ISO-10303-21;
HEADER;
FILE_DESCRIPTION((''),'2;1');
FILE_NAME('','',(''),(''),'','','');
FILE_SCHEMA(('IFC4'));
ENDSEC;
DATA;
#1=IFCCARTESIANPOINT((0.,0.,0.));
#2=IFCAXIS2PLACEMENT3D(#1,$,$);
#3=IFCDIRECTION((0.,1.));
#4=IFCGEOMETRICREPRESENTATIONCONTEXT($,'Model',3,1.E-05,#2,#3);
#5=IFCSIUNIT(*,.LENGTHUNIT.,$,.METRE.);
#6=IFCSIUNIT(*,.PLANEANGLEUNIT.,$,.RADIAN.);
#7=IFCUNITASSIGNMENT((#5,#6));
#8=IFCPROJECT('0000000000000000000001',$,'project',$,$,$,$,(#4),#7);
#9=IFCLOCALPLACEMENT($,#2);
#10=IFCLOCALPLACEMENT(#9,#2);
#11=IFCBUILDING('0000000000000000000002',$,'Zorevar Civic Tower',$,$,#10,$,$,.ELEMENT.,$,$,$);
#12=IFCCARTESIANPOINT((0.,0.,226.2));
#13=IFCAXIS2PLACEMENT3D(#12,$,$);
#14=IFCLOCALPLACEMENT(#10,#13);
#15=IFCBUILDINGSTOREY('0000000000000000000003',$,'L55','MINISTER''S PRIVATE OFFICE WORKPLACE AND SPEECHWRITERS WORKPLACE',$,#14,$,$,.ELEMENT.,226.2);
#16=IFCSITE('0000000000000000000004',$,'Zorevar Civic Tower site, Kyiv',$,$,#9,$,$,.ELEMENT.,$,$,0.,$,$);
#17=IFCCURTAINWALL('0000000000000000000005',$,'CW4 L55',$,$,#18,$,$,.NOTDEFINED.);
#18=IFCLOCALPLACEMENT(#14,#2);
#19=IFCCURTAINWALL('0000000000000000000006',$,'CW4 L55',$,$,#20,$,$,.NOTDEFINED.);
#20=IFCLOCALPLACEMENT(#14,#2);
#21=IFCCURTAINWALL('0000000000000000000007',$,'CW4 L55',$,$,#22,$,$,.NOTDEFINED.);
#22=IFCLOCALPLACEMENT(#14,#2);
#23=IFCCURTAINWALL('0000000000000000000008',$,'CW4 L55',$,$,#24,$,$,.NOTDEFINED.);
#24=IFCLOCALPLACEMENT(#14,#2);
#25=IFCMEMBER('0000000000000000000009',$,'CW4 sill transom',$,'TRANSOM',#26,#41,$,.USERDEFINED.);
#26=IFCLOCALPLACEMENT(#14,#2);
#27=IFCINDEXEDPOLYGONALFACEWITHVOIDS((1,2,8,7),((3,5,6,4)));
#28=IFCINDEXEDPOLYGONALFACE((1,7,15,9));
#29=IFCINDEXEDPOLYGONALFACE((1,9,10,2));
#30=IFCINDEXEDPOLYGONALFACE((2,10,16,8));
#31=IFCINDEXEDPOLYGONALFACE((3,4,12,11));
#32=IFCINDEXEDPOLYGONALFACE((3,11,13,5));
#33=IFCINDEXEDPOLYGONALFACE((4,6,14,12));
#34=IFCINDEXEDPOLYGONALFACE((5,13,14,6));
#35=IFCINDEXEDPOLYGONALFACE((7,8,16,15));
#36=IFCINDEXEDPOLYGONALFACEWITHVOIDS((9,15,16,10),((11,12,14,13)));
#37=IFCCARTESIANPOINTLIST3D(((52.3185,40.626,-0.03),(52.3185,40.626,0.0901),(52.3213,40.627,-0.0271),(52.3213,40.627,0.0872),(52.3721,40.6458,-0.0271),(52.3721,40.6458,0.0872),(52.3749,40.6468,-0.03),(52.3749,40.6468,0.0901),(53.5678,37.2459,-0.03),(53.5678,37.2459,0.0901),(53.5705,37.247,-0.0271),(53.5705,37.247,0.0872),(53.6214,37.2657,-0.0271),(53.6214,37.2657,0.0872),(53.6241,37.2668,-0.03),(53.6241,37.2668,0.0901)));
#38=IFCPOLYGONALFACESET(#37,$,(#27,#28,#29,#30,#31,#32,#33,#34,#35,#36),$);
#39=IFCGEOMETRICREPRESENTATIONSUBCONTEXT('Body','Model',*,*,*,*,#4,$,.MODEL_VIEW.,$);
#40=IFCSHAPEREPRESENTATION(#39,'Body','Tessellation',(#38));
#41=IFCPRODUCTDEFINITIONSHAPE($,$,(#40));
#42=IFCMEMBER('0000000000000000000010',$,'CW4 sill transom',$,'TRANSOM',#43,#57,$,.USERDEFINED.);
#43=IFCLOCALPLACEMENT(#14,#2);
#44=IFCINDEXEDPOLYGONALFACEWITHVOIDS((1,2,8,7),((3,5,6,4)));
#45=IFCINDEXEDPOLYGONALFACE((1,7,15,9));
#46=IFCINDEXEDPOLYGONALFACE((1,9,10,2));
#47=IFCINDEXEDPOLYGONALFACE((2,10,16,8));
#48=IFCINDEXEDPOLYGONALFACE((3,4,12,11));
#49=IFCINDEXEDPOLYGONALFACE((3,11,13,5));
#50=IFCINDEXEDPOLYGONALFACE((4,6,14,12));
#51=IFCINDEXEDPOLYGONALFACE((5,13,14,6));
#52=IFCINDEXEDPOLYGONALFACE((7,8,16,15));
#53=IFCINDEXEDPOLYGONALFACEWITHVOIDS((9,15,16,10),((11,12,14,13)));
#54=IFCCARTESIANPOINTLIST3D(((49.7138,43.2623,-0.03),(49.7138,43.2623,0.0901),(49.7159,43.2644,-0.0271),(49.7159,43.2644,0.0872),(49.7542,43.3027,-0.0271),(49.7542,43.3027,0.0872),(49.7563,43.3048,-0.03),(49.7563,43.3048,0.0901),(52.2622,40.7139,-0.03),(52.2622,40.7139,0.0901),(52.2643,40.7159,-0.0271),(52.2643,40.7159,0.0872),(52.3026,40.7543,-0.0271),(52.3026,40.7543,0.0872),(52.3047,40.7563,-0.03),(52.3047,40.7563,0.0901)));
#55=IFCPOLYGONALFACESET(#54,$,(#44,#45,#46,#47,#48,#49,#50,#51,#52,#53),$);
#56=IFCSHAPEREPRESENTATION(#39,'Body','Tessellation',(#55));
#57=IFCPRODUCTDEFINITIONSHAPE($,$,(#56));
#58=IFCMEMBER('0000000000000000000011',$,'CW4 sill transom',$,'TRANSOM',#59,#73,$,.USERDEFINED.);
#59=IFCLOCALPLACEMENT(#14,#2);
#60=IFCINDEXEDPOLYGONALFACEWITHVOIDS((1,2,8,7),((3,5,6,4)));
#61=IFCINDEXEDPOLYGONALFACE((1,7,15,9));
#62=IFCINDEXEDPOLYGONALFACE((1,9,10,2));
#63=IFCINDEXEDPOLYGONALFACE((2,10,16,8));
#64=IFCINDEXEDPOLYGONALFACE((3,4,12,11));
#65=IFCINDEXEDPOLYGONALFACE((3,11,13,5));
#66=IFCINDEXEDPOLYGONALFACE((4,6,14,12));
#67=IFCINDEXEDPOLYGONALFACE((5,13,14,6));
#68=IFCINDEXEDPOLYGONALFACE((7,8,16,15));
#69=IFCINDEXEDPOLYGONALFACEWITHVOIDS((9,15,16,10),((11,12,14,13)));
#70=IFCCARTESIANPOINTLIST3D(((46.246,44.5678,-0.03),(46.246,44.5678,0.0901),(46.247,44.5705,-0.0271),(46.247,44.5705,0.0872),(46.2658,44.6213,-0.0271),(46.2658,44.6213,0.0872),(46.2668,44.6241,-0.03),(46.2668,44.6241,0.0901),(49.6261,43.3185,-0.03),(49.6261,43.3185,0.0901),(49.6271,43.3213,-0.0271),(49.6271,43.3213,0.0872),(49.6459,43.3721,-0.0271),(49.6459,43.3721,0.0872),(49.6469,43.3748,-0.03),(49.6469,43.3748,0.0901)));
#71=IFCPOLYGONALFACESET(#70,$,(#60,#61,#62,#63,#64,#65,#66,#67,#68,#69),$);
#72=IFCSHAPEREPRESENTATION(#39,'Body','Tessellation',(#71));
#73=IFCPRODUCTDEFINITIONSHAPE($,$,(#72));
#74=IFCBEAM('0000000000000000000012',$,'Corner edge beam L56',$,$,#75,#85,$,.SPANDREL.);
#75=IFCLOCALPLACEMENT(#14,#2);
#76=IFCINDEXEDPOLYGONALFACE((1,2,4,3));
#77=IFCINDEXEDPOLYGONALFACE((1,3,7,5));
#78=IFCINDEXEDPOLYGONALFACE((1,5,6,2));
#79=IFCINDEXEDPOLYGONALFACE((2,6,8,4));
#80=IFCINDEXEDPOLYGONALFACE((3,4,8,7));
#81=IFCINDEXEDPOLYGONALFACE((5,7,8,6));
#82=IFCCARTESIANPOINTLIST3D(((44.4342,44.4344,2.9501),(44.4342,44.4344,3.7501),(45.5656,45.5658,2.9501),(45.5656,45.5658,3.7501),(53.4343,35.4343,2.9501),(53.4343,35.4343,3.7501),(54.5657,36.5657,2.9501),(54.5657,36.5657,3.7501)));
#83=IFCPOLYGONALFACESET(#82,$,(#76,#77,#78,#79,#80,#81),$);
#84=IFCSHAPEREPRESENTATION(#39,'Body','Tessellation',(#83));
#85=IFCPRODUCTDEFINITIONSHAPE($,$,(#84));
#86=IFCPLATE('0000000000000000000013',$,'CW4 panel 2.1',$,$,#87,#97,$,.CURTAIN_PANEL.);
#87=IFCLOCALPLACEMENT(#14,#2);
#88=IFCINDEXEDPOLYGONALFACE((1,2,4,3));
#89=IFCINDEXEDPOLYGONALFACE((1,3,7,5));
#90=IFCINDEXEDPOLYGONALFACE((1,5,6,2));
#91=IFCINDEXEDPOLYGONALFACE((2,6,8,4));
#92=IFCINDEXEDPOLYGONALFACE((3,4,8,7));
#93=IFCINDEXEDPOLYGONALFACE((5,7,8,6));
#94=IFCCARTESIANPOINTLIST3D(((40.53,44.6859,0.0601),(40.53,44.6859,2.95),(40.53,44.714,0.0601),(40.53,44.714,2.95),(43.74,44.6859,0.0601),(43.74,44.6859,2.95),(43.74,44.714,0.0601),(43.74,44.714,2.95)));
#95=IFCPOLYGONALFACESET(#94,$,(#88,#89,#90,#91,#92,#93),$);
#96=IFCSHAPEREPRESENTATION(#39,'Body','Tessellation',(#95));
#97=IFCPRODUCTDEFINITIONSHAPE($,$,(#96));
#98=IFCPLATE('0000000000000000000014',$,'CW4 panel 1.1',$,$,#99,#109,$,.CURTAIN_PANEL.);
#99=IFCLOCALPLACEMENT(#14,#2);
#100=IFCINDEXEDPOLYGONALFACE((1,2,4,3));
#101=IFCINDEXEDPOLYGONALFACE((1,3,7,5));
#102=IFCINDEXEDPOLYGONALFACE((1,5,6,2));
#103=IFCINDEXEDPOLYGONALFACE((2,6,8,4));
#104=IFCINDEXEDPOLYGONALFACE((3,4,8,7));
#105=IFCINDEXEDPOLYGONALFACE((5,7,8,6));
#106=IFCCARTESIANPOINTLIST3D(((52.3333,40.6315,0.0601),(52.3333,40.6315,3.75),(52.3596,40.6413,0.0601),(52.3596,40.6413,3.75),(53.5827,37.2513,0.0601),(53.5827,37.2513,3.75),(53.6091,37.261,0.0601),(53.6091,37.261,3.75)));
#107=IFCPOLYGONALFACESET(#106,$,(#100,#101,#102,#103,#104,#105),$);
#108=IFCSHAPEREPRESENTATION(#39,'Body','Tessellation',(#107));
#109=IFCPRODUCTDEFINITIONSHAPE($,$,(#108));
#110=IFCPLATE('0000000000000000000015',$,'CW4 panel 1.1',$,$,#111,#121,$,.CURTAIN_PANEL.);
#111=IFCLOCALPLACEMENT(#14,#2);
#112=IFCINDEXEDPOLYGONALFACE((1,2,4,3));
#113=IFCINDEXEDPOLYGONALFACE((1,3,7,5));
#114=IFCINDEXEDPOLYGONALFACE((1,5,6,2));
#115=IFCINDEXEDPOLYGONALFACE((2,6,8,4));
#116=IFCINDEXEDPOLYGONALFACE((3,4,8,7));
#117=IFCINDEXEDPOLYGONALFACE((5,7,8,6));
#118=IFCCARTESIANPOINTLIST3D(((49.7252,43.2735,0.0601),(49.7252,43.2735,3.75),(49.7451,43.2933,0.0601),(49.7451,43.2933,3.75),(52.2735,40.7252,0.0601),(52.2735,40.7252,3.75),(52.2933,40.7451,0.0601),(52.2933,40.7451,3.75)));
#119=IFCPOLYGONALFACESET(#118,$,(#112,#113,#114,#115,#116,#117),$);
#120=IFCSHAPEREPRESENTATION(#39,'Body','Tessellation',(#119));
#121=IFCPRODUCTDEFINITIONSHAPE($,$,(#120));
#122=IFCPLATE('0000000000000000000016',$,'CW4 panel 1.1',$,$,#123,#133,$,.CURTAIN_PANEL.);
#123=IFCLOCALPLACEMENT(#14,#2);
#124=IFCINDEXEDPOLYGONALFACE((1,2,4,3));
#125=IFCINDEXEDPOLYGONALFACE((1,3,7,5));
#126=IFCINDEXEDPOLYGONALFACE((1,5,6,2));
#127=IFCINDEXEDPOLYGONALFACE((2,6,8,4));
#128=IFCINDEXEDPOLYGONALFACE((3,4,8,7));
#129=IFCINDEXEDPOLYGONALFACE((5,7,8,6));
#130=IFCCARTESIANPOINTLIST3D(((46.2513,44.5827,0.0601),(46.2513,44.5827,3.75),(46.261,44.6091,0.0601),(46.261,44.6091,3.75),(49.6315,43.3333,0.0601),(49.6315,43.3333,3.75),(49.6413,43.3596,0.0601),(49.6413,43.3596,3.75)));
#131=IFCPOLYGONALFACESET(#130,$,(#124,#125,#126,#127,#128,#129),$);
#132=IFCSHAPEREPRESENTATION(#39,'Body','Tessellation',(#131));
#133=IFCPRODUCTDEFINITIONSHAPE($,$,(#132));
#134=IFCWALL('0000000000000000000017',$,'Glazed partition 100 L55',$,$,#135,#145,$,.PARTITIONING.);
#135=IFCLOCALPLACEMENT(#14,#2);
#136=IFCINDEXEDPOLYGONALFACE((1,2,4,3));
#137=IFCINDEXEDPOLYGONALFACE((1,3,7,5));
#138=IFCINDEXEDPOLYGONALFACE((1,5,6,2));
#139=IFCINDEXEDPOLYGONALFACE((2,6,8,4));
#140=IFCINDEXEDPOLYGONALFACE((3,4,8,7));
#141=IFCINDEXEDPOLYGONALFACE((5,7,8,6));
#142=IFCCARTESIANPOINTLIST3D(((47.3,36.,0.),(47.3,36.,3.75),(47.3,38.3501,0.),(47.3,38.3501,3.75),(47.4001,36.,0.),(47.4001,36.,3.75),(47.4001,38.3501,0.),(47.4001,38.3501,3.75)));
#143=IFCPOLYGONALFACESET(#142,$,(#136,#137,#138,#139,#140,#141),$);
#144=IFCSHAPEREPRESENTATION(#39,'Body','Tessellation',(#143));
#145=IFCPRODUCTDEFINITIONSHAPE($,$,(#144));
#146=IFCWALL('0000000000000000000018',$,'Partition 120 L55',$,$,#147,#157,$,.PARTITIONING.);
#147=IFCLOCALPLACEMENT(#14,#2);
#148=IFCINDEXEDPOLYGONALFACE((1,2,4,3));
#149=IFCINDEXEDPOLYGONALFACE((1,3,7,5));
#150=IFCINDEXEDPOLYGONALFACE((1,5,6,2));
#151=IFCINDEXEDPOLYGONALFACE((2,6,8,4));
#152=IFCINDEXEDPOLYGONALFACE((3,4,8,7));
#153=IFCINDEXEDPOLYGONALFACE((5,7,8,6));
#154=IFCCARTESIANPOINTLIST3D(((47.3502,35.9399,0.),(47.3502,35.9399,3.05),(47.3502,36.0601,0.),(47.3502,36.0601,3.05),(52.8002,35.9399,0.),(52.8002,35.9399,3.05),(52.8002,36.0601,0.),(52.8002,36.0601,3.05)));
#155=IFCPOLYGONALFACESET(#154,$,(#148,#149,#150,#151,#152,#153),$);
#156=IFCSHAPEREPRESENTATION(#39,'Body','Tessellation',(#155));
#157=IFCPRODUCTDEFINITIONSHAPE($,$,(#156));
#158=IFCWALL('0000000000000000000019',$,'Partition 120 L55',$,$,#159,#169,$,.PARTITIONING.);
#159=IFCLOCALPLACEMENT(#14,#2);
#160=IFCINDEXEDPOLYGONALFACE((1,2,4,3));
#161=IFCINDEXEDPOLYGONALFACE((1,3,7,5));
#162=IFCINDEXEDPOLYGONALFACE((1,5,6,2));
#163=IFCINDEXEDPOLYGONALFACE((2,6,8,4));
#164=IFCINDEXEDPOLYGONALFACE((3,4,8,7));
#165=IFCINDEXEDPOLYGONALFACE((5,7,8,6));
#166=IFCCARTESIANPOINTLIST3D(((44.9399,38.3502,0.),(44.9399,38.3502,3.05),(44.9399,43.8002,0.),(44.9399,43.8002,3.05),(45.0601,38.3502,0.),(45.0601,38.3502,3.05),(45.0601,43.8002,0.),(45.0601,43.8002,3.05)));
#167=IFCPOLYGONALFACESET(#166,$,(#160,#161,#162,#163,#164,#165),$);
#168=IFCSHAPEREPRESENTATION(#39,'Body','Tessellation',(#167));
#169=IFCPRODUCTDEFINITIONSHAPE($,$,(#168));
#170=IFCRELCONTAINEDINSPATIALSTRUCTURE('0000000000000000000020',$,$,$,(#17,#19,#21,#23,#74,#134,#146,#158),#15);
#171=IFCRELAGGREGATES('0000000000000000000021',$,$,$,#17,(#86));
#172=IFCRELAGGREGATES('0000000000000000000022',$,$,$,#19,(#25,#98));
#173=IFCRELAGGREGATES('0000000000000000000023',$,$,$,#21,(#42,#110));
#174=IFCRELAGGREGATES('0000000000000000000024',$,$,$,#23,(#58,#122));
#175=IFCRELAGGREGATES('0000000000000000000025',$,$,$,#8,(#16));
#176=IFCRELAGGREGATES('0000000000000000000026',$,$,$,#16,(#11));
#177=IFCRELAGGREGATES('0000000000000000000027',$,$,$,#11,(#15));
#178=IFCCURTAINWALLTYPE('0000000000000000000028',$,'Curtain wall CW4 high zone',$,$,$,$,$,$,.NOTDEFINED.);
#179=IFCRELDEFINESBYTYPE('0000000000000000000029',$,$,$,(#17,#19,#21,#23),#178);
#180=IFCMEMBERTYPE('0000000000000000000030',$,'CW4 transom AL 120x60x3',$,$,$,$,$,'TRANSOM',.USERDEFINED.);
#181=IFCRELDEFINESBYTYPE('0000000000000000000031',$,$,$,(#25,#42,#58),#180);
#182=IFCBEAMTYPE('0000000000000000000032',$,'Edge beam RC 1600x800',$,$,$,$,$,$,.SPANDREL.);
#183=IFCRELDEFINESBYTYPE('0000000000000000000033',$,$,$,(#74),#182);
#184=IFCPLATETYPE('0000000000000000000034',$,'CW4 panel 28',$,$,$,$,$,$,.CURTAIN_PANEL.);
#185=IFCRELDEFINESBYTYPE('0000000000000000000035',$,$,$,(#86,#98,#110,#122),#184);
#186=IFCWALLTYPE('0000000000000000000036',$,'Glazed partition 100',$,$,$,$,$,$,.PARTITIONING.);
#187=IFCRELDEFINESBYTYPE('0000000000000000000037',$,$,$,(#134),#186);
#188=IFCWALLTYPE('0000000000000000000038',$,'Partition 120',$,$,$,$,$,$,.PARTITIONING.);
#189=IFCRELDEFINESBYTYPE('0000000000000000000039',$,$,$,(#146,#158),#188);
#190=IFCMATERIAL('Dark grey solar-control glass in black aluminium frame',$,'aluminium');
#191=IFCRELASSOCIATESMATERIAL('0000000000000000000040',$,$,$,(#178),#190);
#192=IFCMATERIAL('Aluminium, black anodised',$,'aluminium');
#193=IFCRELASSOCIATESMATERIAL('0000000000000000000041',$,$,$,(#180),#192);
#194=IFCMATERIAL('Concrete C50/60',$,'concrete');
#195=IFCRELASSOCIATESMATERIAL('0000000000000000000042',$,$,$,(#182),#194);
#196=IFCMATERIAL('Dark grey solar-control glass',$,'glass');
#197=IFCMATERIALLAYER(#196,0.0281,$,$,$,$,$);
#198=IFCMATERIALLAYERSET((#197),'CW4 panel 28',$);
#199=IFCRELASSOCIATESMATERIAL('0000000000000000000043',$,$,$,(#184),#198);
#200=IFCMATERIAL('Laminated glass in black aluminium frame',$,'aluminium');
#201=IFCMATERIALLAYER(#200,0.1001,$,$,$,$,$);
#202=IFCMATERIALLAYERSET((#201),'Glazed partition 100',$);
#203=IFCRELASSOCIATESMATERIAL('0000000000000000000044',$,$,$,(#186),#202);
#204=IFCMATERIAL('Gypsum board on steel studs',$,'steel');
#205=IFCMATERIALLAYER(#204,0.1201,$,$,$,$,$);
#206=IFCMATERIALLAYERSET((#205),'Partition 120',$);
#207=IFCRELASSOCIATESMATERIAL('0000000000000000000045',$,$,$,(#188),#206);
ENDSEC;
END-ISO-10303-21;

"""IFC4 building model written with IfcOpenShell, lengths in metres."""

from ifc_helpers import new_model, si_unit, direction, frame, frame_2d, origin, origin_2d, place, context, subcontext, project, spatial, rectangle, hollow_rectangle, extrude, material, layer, layer_set, material_profile, profile_set, type_object, element, aggregate, save


model = new_model("IFC4")

# Units and contexts
model_context = context("Model", 3, precision=1e-05, world=origin(), true_north=direction((0.0, 1.0)))
body_context = subcontext(model_context, "Body", "Model", "MODEL_VIEW")
ifc_project = project(units=[si_unit("LENGTHUNIT", "METRE"), si_unit("PLANEANGLEUNIT", "RADIAN")], contexts=[model_context])

# Site, building, storey
site_placement = place(None, origin())
site = spatial("IfcSite", under=ifc_project, at=site_placement, Name="Zorevar Civic Tower site, Kyiv", CompositionType="ELEMENT", RefElevation=0.0)
building_placement = place(site_placement, origin())
building = spatial("IfcBuilding", under=site, at=building_placement, Name="Zorevar Civic Tower", CompositionType="ELEMENT")
storey_placement = place(building_placement, frame((0.0, 0.0, 226.2)))
storey = spatial("IfcBuildingStorey", under=building, at=storey_placement, Name="L55", Description="MINISTER'S PRIVATE OFFICE WORKPLACE AND SPEECHWRITERS WORKPLACE", CompositionType="ELEMENT", Elevation=226.2)

# Curtain walls
ifc_material_1 = material(Name="Dark grey solar-control glass in black aluminium frame", Category="aluminium")
curtain_wall_type = type_object("IfcCurtainWallType", Name="Curtain wall CW4 high zone", PredefinedType="NOTDEFINED", material=ifc_material_1)
curtain_wall_1_placement = place(storey_placement, origin())
curtain_wall_1 = element("IfcCurtainWall", 1, at=curtain_wall_1_placement, inside=storey, type_object=curtain_wall_type, Name="CW4 L55", PredefinedType="NOTDEFINED")
curtain_wall_2_placement = place(storey_placement, origin())
curtain_wall_2 = element("IfcCurtainWall", 2, at=curtain_wall_2_placement, inside=storey, type_object=curtain_wall_type, Name="CW4 L55", PredefinedType="NOTDEFINED")
curtain_wall_3_placement = place(storey_placement, origin())
curtain_wall_3 = element("IfcCurtainWall", 3, at=curtain_wall_3_placement, inside=storey, type_object=curtain_wall_type, Name="CW4 L55", PredefinedType="NOTDEFINED")
curtain_wall_4_placement = place(storey_placement, origin())
curtain_wall_4 = element("IfcCurtainWall", 4, at=curtain_wall_4_placement, inside=storey, type_object=curtain_wall_type, Name="CW4 L55", PredefinedType="NOTDEFINED")

# Members
ifc_material_2 = material(Name="Aluminium, black anodised", Category="aluminium")
ifc_material_profile_1 = material_profile(ifc_material_2, hollow_rectangle(XDim=0.0601, YDim=0.1201, WallThickness=0.0029, at=origin_2d()), Name="AL 120x60x3")
ifc_profile_set_1 = profile_set([ifc_material_profile_1], Name="Aluminium, black anodised")
member_type_1 = type_object("IfcMemberType", Name="CW4 transom AL 120x60x3", ElementType="TRANSOM", PredefinedType="USERDEFINED", material=ifc_profile_set_1)
member_1_placement = place(storey_placement, frame((53.5959, 37.2563, 0.03), z_axis=(-0.346672, 0.937986, 0.0), x_axis=(-0.937986, -0.346672, 0.0)))
member_1 = element("IfcMember", 5, at=member_1_placement, type_object=member_type_1, Name="CW4 sill transom", ObjectType="TRANSOM", PredefinedType="USERDEFINED", context=body_context, shape_type="SweptSolid", body=[
    extrude(hollow_rectangle(XDim=0.0601, YDim=0.1201, WallThickness=0.0029, at=origin_2d()), origin(), (0.0, 0.0, 1.0), 3.6035),
])
member_2_placement = place(storey_placement, frame((52.2834, 40.7351, 0.03), z_axis=(-0.707107, 0.707107, 0.0), x_axis=(-0.707107, -0.707107, 0.0)))
member_2 = element("IfcMember", 6, at=member_2_placement, type_object=member_type_1, Name="CW4 sill transom", ObjectType="TRANSOM", PredefinedType="USERDEFINED", context=body_context, shape_type="SweptSolid", body=[
    extrude(hollow_rectangle(XDim=0.0601, YDim=0.1201, WallThickness=0.0029, at=origin_2d()), origin(), (0.0, 0.0, 1.0), 3.604),
])
member_3_placement = place(storey_placement, frame((49.6365, 43.3467, 0.03), z_axis=(-0.937986, 0.346672, 0.0), x_axis=(-0.346672, -0.937986, 0.0)))
member_3 = element("IfcMember", 7, at=member_3_placement, type_object=member_type_1, Name="CW4 sill transom", ObjectType="TRANSOM", PredefinedType="USERDEFINED", context=body_context, shape_type="SweptSolid", body=[
    extrude(hollow_rectangle(XDim=0.0601, YDim=0.1201, WallThickness=0.0029, at=origin_2d()), origin(), (0.0, 0.0, 1.0), 3.6035),
])

# Beam
ifc_material_3 = material(Name="Concrete C50/60", Category="concrete")
ifc_material_profile_2 = material_profile(ifc_material_3, rectangle(XDim=1.6001, YDim=0.8, at=origin_2d()), Name="RC 1600x800")
ifc_profile_set_2 = profile_set([ifc_material_profile_2], Name="Concrete C50/60")
beam_type_1 = type_object("IfcBeamType", Name="Edge beam RC 1600x800", PredefinedType="SPANDREL", material=ifc_profile_set_2)
beam_1_placement = place(storey_placement, frame((54.0, 36.0, 3.3501), z_axis=(-0.707107, 0.707107, 0.0), x_axis=(-0.707107, -0.707107, 0.0)))
element("IfcBeam", 8, at=beam_1_placement, inside=storey, type_object=beam_type_1, Name="Corner edge beam L56", PredefinedType="SPANDREL", context=body_context, shape_type="SweptSolid", body=[
    extrude(rectangle(XDim=1.6001, YDim=0.8, at=origin_2d()), origin(), (0.0, 0.0, 1.0), 12.728),
])

# Plates
ifc_material_4 = material(Name="Dark grey solar-control glass", Category="glass")
ifc_layer_1 = layer(ifc_material_4, 0.0281)
ifc_layer_set_1 = layer_set([ifc_layer_1], Name="CW4 panel 28")
plate_type = type_object("IfcPlateType", Name="CW4 panel 28", PredefinedType="CURTAIN_PANEL", material=ifc_layer_set_1)
plate_1_placement = place(storey_placement, frame((42.135, 44.7, 0.0601), z_axis=(0.0, 0.0, 1.0), x_axis=(1.0, 0.0, 0.0)))
plate_1 = element("IfcPlate", 9, at=plate_1_placement, type_object=plate_type, Name="CW4 panel 2.1", PredefinedType="CURTAIN_PANEL", context=body_context, shape_type="SweptSolid", body=[
    extrude(rectangle(XDim=3.21, YDim=0.0281, at=origin_2d()), origin(), (0.0, 0.0, 1.0), 2.8899),
])
aggregate(curtain_wall_1, [plate_1])
plate_2_placement = place(storey_placement, frame((52.9712, 38.9463, 0.0601), z_axis=(0.0, 0.0, 1.0), x_axis=(-0.346704, 0.937975, 0.0)))
plate_2 = element("IfcPlate", 10, at=plate_2_placement, type_object=plate_type, Name="CW4 panel 1.1", PredefinedType="CURTAIN_PANEL", context=body_context, shape_type="SweptSolid", body=[
    extrude(rectangle(XDim=3.6038, YDim=0.0281, at=origin_2d()), origin(), (0.0, 0.0, 1.0), 3.6899),
])
aggregate(curtain_wall_2, [member_1, plate_2])
plate_3_placement = place(storey_placement, frame((51.0093, 42.0093, 0.0601), z_axis=(0.0, 0.0, 1.0), x_axis=(-0.707107, 0.707107, 0.0)))
plate_3 = element("IfcPlate", 11, at=plate_3_placement, type_object=plate_type, Name="CW4 panel 1.1", PredefinedType="CURTAIN_PANEL", context=body_context, shape_type="SweptSolid", body=[
    extrude(rectangle(XDim=3.6038, YDim=0.0281, at=origin_2d()), origin(), (0.0, 0.0, 1.0), 3.6899),
])
aggregate(curtain_wall_3, [member_2, plate_3])
plate_4_placement = place(storey_placement, frame((47.9463, 43.9712, 0.0601), z_axis=(0.0, 0.0, 1.0), x_axis=(-0.937975, 0.346704, 0.0)))
plate_4 = element("IfcPlate", 12, at=plate_4_placement, type_object=plate_type, Name="CW4 panel 1.1", PredefinedType="CURTAIN_PANEL", context=body_context, shape_type="SweptSolid", body=[
    extrude(rectangle(XDim=3.6038, YDim=0.0281, at=origin_2d()), origin(), (0.0, 0.0, 1.0), 3.6899),
])
aggregate(curtain_wall_4, [member_3, plate_4])

# Shared definitions
ifc_material_5 = material(Name="Laminated glass in black aluminium frame", Category="aluminium")
ifc_layer_2 = layer(ifc_material_5, 0.1001)
ifc_layer_set_2 = layer_set([ifc_layer_2], Name="Glazed partition 100")
wall_type_1 = type_object("IfcWallType", Name="Glazed partition 100", PredefinedType="PARTITIONING", material=ifc_layer_set_2)

# Walls
wall_1_placement = place(storey_placement, frame((47.3501, 36.0, 0.0), z_axis=(0.0, 0.0, 1.0), x_axis=(0.0, 1.0, 0.0)))
element("IfcWall", 13, at=wall_1_placement, inside=storey, type_object=wall_type_1, Name="Glazed partition 100 L55", PredefinedType="PARTITIONING", context=body_context, shape_type="SweptSolid", body=[
    extrude(rectangle(XDim=2.3501, YDim=0.1001, at=frame_2d((1.175, 0.0))), origin(), (0.0, 0.0, 1.0), 3.75),
])
ifc_material_6 = material(Name="Gypsum board on steel studs", Category="steel")
ifc_layer_3 = layer(ifc_material_6, 0.1201)
ifc_layer_set_3 = layer_set([ifc_layer_3], Name="Partition 120")
wall_type_2 = type_object("IfcWallType", Name="Partition 120", PredefinedType="PARTITIONING", material=ifc_layer_set_3)
for number, where, z_axis, x_axis, name in (
    (14, (47.3501, 36.0, 0.0), (0.0, 0.0, 1.0), (1.0, 0.0, 0.0), "Partition 120 L55"),
    (15, (45.0, 38.3501, 0.0), (0.0, 0.0, 1.0), (0.0, 1.0, 0.0), "Partition 120 L55"),
):
    element("IfcWall", number, at=place(storey_placement, frame(where, z_axis=z_axis, x_axis=x_axis)), inside=storey, type_object=wall_type_2, Name=name, PredefinedType="PARTITIONING", context=body_context, shape_type="SweptSolid", body=[
        extrude(rectangle(XDim=5.45, YDim=0.1201, at=frame_2d((2.7251, 0.0))), origin(), (0.0, 0.0, 1.0), 3.05),
    ])

save(model, "model.ifc")
